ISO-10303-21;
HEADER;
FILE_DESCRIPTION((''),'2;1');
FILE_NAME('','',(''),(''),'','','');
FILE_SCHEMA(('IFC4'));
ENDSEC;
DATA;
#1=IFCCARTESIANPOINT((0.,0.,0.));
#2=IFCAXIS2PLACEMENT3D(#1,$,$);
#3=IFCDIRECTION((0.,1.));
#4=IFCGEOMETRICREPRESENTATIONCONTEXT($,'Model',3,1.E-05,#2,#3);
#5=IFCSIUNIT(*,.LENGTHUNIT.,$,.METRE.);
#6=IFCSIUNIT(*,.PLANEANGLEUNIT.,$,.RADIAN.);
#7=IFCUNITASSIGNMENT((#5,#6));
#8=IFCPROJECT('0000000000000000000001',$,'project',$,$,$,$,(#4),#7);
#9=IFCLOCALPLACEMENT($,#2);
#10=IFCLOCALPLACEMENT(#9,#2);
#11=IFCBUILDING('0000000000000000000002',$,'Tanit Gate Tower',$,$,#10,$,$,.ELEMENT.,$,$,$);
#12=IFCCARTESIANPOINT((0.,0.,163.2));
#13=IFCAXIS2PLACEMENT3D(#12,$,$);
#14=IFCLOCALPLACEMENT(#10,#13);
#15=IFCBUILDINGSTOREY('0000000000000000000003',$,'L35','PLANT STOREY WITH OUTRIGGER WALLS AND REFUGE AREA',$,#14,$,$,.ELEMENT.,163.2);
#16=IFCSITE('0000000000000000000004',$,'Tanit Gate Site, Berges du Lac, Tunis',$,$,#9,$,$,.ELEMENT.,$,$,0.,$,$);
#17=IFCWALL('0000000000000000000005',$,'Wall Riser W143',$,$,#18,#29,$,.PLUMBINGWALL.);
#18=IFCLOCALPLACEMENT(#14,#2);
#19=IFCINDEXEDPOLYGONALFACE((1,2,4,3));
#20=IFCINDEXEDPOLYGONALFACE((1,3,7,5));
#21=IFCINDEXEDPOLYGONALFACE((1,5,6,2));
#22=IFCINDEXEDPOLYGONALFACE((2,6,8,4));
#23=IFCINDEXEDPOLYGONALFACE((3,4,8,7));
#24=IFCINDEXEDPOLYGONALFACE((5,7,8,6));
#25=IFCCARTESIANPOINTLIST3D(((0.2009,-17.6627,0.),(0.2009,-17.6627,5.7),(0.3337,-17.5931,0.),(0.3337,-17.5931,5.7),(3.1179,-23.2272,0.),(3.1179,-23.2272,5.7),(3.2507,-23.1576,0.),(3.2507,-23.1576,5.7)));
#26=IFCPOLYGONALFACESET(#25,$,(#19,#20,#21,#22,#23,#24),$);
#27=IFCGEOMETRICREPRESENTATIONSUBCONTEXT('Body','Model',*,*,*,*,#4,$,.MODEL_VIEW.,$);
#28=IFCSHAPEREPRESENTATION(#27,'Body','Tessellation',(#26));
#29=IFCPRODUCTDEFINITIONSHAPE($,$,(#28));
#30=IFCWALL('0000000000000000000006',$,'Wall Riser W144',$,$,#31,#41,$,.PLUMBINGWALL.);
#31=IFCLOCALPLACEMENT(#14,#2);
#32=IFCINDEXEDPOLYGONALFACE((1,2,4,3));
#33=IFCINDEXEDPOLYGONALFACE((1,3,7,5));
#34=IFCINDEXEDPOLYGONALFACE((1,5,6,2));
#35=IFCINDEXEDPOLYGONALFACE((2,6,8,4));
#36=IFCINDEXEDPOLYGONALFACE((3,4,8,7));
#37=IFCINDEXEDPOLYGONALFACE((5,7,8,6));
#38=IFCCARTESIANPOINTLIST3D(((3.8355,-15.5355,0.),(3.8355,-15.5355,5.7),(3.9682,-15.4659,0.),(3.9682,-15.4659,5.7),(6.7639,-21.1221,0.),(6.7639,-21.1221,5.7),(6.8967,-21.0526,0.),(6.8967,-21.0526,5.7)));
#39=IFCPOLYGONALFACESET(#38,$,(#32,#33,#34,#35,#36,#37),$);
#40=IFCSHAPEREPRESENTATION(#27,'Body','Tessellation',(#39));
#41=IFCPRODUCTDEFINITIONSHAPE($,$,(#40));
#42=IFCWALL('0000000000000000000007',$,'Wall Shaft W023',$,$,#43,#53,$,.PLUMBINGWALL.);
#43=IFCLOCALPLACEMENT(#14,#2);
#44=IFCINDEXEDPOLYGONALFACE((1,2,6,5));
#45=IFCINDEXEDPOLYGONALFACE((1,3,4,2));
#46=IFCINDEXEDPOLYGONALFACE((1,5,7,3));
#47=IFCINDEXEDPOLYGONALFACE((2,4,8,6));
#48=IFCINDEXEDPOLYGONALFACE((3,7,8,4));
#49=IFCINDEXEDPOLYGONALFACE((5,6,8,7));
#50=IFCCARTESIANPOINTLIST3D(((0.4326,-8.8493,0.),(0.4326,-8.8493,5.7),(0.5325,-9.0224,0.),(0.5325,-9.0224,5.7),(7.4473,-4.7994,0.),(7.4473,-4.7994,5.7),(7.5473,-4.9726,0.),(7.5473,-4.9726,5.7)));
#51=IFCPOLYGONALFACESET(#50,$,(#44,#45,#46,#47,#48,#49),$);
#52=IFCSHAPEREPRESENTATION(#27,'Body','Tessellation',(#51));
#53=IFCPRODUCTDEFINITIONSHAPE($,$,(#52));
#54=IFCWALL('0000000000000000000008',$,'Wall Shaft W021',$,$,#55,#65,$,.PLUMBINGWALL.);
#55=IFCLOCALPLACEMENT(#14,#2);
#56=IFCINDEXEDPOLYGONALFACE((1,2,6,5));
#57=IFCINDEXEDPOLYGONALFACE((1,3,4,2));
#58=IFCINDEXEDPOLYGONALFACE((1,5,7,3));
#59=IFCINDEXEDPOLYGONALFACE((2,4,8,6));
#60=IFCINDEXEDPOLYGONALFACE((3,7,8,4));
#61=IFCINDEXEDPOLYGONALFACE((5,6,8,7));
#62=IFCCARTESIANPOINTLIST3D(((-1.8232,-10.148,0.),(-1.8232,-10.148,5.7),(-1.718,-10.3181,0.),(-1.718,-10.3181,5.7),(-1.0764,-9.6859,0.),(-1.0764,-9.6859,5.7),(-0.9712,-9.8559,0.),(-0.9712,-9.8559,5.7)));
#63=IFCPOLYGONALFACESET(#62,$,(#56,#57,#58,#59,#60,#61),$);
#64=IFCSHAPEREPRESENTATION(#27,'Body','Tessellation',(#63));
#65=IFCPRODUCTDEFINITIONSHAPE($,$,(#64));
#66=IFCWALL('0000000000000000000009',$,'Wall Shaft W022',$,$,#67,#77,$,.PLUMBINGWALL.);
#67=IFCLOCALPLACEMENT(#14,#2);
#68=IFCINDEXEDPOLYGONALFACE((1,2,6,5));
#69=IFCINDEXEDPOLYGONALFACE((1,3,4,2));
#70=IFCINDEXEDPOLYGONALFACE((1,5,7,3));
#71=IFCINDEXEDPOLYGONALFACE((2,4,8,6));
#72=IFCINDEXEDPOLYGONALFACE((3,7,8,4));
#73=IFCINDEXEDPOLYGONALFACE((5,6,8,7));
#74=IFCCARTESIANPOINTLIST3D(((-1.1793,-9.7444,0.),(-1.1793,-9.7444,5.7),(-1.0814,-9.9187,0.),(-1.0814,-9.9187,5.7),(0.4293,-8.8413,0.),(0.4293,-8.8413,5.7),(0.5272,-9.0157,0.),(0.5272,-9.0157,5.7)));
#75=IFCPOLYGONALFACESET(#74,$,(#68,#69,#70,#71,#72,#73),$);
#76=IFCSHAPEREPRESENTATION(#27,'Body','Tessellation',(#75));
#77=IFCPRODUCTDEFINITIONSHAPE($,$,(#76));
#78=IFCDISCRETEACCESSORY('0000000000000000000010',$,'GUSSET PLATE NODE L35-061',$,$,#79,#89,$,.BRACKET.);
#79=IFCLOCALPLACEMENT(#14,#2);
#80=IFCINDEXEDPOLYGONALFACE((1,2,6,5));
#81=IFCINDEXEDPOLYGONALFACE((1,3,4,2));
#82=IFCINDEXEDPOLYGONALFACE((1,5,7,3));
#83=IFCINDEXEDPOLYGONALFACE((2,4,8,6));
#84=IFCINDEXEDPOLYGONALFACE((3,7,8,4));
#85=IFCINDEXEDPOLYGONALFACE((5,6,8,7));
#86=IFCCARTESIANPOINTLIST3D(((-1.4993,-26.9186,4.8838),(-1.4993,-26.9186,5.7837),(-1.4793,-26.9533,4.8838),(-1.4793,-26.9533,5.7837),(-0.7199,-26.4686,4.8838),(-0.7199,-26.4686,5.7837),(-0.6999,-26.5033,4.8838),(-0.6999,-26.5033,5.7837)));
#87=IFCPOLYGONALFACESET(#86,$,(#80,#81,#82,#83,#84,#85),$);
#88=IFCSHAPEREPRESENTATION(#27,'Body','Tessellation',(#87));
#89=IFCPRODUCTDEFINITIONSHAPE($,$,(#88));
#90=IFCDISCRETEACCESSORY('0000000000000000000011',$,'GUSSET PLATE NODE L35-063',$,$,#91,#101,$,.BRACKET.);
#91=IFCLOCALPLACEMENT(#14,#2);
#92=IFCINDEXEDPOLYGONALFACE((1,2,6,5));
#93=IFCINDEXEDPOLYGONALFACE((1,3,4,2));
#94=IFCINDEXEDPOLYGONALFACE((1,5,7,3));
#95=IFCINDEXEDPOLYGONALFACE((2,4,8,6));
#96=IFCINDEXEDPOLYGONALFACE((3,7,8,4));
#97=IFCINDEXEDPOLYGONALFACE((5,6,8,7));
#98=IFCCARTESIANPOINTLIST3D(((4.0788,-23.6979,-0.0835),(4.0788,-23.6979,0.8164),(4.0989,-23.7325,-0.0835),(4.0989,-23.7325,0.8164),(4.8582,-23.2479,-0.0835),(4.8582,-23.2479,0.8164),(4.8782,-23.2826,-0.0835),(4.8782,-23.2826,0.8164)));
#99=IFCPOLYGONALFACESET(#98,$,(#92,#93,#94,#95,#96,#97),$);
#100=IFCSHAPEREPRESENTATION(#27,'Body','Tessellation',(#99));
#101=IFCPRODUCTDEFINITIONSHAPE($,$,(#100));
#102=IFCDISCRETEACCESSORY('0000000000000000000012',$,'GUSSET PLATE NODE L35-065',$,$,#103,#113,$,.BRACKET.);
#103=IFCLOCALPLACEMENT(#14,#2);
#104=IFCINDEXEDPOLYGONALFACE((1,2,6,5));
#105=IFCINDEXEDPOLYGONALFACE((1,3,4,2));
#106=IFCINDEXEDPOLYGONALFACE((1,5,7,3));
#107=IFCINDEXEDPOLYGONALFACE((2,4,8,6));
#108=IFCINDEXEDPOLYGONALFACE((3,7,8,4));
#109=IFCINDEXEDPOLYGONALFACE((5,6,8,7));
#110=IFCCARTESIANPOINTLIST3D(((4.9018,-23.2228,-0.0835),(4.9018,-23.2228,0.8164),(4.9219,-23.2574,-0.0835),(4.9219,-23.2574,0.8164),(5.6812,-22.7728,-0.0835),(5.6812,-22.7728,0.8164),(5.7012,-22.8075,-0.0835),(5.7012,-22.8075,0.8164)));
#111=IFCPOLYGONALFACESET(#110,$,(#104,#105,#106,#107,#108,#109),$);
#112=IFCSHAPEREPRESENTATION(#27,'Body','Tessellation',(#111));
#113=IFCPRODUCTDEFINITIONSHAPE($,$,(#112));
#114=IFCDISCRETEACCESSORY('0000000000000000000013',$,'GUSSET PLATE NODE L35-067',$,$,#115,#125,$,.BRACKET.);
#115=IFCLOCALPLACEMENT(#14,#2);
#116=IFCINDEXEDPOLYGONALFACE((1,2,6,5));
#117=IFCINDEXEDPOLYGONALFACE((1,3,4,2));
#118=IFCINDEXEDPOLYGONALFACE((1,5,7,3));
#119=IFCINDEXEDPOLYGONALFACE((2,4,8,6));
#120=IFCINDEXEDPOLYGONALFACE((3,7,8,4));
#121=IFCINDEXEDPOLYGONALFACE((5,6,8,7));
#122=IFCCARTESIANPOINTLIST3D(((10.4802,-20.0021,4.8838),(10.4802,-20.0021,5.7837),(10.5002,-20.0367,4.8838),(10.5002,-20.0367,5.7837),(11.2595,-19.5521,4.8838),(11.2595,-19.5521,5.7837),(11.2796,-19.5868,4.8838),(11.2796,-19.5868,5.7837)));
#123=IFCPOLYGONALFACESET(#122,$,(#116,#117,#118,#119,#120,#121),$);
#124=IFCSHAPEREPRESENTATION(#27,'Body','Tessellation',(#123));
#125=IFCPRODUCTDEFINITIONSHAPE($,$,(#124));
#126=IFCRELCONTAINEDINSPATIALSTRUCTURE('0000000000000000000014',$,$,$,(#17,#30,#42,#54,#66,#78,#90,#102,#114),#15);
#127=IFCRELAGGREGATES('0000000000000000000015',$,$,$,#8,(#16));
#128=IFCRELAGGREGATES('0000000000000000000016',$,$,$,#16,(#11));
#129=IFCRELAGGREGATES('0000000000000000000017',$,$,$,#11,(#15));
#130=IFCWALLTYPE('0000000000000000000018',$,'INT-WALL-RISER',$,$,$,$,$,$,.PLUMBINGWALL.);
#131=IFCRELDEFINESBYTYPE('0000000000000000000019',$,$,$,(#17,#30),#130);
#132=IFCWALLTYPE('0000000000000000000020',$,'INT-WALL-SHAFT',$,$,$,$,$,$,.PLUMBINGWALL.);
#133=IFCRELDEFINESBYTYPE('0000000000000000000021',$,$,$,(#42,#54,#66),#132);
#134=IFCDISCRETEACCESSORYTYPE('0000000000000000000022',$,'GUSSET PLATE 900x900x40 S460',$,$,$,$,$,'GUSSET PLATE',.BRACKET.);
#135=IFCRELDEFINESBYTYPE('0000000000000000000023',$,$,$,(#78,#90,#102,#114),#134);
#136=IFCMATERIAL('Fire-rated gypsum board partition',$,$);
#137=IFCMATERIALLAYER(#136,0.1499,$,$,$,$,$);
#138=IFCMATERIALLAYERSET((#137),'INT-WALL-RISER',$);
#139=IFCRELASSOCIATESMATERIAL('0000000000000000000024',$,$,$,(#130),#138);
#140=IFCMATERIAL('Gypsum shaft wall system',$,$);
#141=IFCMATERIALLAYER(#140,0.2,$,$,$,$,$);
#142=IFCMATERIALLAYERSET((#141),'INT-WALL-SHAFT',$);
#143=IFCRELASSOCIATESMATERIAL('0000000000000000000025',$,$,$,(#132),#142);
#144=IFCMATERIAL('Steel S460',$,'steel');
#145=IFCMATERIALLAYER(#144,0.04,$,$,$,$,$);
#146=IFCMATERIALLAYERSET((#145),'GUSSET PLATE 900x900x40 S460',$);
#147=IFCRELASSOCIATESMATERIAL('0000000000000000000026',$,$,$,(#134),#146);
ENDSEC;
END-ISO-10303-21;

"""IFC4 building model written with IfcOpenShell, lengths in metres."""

from ifc_helpers import new_model, si_unit, direction, frame, frame_2d, origin, origin_2d, place, context, subcontext, project, spatial, rectangle, extrude, material, layer, layer_set, type_object, element, save


model = new_model("IFC4")

# Units and contexts
model_context = context("Model", 3, precision=1e-05, world=origin(), true_north=direction((0.0, 1.0)))
body_context = subcontext(model_context, "Body", "Model", "MODEL_VIEW")
ifc_project = project(units=[si_unit("LENGTHUNIT", "METRE"), si_unit("PLANEANGLEUNIT", "RADIAN")], contexts=[model_context])

# Site, building, storey
site_placement = place(None, origin())
site = spatial("IfcSite", under=ifc_project, at=site_placement, Name="Tanit Gate Site, Berges du Lac, Tunis", CompositionType="ELEMENT", RefElevation=0.0)
building_placement = place(site_placement, origin())
building = spatial("IfcBuilding", under=site, at=building_placement, Name="Tanit Gate Tower", CompositionType="ELEMENT")
storey_placement = place(building_placement, frame((0.0, 0.0, 163.2)))
storey = spatial("IfcBuildingStorey", under=building, at=storey_placement, Name="L35", Description="PLANT STOREY WITH OUTRIGGER WALLS AND REFUGE AREA", CompositionType="ELEMENT", Elevation=163.2)

# Shared definitions
ifc_material_1 = material(Name="Fire-rated gypsum board partition")
ifc_layer_1 = layer(ifc_material_1, 0.1499)
ifc_layer_set_1 = layer_set([ifc_layer_1], Name="INT-WALL-RISER")
wall_type_1 = type_object("IfcWallType", Name="INT-WALL-RISER", PredefinedType="PLUMBINGWALL", material=ifc_layer_set_1)

# Walls
wall_1_placement = place(storey_placement, frame((3.1843, -23.1924, 0.0), z_axis=(0.0, 0.0, 1.0), x_axis=(-0.464292, 0.885682, 0.0)))
element("IfcWall", 1, at=wall_1_placement, inside=storey, type_object=wall_type_1, Name="Wall Riser W143", PredefinedType="PLUMBINGWALL", context=body_context, shape_type="SweptSolid", body=[
    extrude(rectangle(XDim=6.2827, YDim=0.1499, at=frame_2d((3.1414, 0.0))), origin(), (0.0, 0.0, 1.0), 5.7),
])
wall_2_placement = place(storey_placement, frame((3.9019, -15.5007, 0.0), z_axis=(0.0, 0.0, 1.0), x_axis=(0.46427, -0.885694, 0.0)))
element("IfcWall", 2, at=wall_2_placement, inside=storey, type_object=wall_type_1, Name="Wall Riser W144", PredefinedType="PLUMBINGWALL", context=body_context, shape_type="SweptSolid", body=[
    extrude(rectangle(XDim=6.3076, YDim=0.1499, at=frame_2d((3.1538, 0.0))), origin(), (0.0, 0.0, 1.0), 5.7),
])
ifc_material_2 = material(Name="Gypsum shaft wall system")
ifc_layer_2 = layer(ifc_material_2, 0.2)
ifc_layer_set_2 = layer_set([ifc_layer_2], Name="INT-WALL-SHAFT")
wall_type_2 = type_object("IfcWallType", Name="INT-WALL-SHAFT", PredefinedType="PLUMBINGWALL", material=ifc_layer_set_2)
wall_3_placement = place(storey_placement, frame((0.4827, -8.9358, 0.0), z_axis=(0.0, 0.0, 1.0), x_axis=(0.866031, 0.49999, 0.0)))
element("IfcWall", 3, at=wall_3_placement, inside=storey, type_object=wall_type_2, Name="Wall Shaft W023", PredefinedType="PLUMBINGWALL", context=body_context, shape_type="SweptSolid", body=[
    extrude(rectangle(XDim=8.0999, YDim=0.2, at=frame_2d((4.0498, 0.0))), origin(), (0.0, 0.0, 1.0), 5.7),
])
wall_4_placement = place(storey_placement, frame((-1.0239, -9.771, 0.0), z_axis=(0.0, 0.0, 1.0), x_axis=(-0.850348, -0.526221, 0.0)))
element("IfcWall", 4, at=wall_4_placement, inside=storey, type_object=wall_type_2, Name="Wall Shaft W021", PredefinedType="PLUMBINGWALL", context=body_context, shape_type="SweptSolid", body=[
    extrude(rectangle(XDim=0.8782, YDim=0.2, at=frame_2d((0.439, 0.0))), origin(), (0.0, 0.0, 1.0), 5.7),
])
wall_5_placement = place(storey_placement, frame((-1.1304, -9.8315, 0.0), z_axis=(0.0, 0.0, 1.0), x_axis=(0.871989, 0.489526, 0.0)))
element("IfcWall", 5, at=wall_5_placement, inside=storey, type_object=wall_type_2, Name="Wall Shaft W022", PredefinedType="PLUMBINGWALL", context=body_context, shape_type="SweptSolid", body=[
    extrude(rectangle(XDim=1.8447, YDim=0.2, at=frame_2d((0.9224, 0.0))), origin(), (0.0, 0.0, 1.0), 5.7),
])

# Discrete accessories
ifc_material_3 = material(Name="Steel S460", Category="steel")
ifc_layer_3 = layer(ifc_material_3, 0.04)
ifc_layer_set_3 = layer_set([ifc_layer_3], Name="GUSSET PLATE 900x900x40 S460")
discrete_accessory_type = type_object("IfcDiscreteAccessoryType", Name="GUSSET PLATE 900x900x40 S460", ElementType="GUSSET PLATE", PredefinedType="BRACKET", material=ifc_layer_set_3)
for number, where, z_axis, x_axis, name in (
    (6, (-1.0996, -26.7109, 4.8838), (0.0, 0.0, 1.0), (0.866025, 0.5, 0.0), "GUSSET PLATE NODE L35-061"),
    (7, (4.4785, -23.4902, -0.0835), (0.0, 0.0, 1.0), (-0.866025, -0.5, 0.0), "GUSSET PLATE NODE L35-063"),
    (8, (5.3015, -23.0151, -0.0835), (0.0, 0.0, 1.0), (0.866025, 0.5, 0.0), "GUSSET PLATE NODE L35-065"),
    (9, (10.8799, -19.7944, 4.8838), (0.0, 0.0, 1.0), (-0.866025, -0.5, 0.0), "GUSSET PLATE NODE L35-067"),
):
    element("IfcDiscreteAccessory", number, at=place(storey_placement, frame(where, z_axis=z_axis, x_axis=x_axis)), inside=storey, type_object=discrete_accessory_type, Name=name, PredefinedType="BRACKET", context=body_context, shape_type="SweptSolid", body=[
        extrude(rectangle(XDim=0.8999, YDim=0.04, at=origin_2d()), origin(), (0.0, 0.0, 1.0), 0.8999),
    ])

save(model, "model.ifc")
